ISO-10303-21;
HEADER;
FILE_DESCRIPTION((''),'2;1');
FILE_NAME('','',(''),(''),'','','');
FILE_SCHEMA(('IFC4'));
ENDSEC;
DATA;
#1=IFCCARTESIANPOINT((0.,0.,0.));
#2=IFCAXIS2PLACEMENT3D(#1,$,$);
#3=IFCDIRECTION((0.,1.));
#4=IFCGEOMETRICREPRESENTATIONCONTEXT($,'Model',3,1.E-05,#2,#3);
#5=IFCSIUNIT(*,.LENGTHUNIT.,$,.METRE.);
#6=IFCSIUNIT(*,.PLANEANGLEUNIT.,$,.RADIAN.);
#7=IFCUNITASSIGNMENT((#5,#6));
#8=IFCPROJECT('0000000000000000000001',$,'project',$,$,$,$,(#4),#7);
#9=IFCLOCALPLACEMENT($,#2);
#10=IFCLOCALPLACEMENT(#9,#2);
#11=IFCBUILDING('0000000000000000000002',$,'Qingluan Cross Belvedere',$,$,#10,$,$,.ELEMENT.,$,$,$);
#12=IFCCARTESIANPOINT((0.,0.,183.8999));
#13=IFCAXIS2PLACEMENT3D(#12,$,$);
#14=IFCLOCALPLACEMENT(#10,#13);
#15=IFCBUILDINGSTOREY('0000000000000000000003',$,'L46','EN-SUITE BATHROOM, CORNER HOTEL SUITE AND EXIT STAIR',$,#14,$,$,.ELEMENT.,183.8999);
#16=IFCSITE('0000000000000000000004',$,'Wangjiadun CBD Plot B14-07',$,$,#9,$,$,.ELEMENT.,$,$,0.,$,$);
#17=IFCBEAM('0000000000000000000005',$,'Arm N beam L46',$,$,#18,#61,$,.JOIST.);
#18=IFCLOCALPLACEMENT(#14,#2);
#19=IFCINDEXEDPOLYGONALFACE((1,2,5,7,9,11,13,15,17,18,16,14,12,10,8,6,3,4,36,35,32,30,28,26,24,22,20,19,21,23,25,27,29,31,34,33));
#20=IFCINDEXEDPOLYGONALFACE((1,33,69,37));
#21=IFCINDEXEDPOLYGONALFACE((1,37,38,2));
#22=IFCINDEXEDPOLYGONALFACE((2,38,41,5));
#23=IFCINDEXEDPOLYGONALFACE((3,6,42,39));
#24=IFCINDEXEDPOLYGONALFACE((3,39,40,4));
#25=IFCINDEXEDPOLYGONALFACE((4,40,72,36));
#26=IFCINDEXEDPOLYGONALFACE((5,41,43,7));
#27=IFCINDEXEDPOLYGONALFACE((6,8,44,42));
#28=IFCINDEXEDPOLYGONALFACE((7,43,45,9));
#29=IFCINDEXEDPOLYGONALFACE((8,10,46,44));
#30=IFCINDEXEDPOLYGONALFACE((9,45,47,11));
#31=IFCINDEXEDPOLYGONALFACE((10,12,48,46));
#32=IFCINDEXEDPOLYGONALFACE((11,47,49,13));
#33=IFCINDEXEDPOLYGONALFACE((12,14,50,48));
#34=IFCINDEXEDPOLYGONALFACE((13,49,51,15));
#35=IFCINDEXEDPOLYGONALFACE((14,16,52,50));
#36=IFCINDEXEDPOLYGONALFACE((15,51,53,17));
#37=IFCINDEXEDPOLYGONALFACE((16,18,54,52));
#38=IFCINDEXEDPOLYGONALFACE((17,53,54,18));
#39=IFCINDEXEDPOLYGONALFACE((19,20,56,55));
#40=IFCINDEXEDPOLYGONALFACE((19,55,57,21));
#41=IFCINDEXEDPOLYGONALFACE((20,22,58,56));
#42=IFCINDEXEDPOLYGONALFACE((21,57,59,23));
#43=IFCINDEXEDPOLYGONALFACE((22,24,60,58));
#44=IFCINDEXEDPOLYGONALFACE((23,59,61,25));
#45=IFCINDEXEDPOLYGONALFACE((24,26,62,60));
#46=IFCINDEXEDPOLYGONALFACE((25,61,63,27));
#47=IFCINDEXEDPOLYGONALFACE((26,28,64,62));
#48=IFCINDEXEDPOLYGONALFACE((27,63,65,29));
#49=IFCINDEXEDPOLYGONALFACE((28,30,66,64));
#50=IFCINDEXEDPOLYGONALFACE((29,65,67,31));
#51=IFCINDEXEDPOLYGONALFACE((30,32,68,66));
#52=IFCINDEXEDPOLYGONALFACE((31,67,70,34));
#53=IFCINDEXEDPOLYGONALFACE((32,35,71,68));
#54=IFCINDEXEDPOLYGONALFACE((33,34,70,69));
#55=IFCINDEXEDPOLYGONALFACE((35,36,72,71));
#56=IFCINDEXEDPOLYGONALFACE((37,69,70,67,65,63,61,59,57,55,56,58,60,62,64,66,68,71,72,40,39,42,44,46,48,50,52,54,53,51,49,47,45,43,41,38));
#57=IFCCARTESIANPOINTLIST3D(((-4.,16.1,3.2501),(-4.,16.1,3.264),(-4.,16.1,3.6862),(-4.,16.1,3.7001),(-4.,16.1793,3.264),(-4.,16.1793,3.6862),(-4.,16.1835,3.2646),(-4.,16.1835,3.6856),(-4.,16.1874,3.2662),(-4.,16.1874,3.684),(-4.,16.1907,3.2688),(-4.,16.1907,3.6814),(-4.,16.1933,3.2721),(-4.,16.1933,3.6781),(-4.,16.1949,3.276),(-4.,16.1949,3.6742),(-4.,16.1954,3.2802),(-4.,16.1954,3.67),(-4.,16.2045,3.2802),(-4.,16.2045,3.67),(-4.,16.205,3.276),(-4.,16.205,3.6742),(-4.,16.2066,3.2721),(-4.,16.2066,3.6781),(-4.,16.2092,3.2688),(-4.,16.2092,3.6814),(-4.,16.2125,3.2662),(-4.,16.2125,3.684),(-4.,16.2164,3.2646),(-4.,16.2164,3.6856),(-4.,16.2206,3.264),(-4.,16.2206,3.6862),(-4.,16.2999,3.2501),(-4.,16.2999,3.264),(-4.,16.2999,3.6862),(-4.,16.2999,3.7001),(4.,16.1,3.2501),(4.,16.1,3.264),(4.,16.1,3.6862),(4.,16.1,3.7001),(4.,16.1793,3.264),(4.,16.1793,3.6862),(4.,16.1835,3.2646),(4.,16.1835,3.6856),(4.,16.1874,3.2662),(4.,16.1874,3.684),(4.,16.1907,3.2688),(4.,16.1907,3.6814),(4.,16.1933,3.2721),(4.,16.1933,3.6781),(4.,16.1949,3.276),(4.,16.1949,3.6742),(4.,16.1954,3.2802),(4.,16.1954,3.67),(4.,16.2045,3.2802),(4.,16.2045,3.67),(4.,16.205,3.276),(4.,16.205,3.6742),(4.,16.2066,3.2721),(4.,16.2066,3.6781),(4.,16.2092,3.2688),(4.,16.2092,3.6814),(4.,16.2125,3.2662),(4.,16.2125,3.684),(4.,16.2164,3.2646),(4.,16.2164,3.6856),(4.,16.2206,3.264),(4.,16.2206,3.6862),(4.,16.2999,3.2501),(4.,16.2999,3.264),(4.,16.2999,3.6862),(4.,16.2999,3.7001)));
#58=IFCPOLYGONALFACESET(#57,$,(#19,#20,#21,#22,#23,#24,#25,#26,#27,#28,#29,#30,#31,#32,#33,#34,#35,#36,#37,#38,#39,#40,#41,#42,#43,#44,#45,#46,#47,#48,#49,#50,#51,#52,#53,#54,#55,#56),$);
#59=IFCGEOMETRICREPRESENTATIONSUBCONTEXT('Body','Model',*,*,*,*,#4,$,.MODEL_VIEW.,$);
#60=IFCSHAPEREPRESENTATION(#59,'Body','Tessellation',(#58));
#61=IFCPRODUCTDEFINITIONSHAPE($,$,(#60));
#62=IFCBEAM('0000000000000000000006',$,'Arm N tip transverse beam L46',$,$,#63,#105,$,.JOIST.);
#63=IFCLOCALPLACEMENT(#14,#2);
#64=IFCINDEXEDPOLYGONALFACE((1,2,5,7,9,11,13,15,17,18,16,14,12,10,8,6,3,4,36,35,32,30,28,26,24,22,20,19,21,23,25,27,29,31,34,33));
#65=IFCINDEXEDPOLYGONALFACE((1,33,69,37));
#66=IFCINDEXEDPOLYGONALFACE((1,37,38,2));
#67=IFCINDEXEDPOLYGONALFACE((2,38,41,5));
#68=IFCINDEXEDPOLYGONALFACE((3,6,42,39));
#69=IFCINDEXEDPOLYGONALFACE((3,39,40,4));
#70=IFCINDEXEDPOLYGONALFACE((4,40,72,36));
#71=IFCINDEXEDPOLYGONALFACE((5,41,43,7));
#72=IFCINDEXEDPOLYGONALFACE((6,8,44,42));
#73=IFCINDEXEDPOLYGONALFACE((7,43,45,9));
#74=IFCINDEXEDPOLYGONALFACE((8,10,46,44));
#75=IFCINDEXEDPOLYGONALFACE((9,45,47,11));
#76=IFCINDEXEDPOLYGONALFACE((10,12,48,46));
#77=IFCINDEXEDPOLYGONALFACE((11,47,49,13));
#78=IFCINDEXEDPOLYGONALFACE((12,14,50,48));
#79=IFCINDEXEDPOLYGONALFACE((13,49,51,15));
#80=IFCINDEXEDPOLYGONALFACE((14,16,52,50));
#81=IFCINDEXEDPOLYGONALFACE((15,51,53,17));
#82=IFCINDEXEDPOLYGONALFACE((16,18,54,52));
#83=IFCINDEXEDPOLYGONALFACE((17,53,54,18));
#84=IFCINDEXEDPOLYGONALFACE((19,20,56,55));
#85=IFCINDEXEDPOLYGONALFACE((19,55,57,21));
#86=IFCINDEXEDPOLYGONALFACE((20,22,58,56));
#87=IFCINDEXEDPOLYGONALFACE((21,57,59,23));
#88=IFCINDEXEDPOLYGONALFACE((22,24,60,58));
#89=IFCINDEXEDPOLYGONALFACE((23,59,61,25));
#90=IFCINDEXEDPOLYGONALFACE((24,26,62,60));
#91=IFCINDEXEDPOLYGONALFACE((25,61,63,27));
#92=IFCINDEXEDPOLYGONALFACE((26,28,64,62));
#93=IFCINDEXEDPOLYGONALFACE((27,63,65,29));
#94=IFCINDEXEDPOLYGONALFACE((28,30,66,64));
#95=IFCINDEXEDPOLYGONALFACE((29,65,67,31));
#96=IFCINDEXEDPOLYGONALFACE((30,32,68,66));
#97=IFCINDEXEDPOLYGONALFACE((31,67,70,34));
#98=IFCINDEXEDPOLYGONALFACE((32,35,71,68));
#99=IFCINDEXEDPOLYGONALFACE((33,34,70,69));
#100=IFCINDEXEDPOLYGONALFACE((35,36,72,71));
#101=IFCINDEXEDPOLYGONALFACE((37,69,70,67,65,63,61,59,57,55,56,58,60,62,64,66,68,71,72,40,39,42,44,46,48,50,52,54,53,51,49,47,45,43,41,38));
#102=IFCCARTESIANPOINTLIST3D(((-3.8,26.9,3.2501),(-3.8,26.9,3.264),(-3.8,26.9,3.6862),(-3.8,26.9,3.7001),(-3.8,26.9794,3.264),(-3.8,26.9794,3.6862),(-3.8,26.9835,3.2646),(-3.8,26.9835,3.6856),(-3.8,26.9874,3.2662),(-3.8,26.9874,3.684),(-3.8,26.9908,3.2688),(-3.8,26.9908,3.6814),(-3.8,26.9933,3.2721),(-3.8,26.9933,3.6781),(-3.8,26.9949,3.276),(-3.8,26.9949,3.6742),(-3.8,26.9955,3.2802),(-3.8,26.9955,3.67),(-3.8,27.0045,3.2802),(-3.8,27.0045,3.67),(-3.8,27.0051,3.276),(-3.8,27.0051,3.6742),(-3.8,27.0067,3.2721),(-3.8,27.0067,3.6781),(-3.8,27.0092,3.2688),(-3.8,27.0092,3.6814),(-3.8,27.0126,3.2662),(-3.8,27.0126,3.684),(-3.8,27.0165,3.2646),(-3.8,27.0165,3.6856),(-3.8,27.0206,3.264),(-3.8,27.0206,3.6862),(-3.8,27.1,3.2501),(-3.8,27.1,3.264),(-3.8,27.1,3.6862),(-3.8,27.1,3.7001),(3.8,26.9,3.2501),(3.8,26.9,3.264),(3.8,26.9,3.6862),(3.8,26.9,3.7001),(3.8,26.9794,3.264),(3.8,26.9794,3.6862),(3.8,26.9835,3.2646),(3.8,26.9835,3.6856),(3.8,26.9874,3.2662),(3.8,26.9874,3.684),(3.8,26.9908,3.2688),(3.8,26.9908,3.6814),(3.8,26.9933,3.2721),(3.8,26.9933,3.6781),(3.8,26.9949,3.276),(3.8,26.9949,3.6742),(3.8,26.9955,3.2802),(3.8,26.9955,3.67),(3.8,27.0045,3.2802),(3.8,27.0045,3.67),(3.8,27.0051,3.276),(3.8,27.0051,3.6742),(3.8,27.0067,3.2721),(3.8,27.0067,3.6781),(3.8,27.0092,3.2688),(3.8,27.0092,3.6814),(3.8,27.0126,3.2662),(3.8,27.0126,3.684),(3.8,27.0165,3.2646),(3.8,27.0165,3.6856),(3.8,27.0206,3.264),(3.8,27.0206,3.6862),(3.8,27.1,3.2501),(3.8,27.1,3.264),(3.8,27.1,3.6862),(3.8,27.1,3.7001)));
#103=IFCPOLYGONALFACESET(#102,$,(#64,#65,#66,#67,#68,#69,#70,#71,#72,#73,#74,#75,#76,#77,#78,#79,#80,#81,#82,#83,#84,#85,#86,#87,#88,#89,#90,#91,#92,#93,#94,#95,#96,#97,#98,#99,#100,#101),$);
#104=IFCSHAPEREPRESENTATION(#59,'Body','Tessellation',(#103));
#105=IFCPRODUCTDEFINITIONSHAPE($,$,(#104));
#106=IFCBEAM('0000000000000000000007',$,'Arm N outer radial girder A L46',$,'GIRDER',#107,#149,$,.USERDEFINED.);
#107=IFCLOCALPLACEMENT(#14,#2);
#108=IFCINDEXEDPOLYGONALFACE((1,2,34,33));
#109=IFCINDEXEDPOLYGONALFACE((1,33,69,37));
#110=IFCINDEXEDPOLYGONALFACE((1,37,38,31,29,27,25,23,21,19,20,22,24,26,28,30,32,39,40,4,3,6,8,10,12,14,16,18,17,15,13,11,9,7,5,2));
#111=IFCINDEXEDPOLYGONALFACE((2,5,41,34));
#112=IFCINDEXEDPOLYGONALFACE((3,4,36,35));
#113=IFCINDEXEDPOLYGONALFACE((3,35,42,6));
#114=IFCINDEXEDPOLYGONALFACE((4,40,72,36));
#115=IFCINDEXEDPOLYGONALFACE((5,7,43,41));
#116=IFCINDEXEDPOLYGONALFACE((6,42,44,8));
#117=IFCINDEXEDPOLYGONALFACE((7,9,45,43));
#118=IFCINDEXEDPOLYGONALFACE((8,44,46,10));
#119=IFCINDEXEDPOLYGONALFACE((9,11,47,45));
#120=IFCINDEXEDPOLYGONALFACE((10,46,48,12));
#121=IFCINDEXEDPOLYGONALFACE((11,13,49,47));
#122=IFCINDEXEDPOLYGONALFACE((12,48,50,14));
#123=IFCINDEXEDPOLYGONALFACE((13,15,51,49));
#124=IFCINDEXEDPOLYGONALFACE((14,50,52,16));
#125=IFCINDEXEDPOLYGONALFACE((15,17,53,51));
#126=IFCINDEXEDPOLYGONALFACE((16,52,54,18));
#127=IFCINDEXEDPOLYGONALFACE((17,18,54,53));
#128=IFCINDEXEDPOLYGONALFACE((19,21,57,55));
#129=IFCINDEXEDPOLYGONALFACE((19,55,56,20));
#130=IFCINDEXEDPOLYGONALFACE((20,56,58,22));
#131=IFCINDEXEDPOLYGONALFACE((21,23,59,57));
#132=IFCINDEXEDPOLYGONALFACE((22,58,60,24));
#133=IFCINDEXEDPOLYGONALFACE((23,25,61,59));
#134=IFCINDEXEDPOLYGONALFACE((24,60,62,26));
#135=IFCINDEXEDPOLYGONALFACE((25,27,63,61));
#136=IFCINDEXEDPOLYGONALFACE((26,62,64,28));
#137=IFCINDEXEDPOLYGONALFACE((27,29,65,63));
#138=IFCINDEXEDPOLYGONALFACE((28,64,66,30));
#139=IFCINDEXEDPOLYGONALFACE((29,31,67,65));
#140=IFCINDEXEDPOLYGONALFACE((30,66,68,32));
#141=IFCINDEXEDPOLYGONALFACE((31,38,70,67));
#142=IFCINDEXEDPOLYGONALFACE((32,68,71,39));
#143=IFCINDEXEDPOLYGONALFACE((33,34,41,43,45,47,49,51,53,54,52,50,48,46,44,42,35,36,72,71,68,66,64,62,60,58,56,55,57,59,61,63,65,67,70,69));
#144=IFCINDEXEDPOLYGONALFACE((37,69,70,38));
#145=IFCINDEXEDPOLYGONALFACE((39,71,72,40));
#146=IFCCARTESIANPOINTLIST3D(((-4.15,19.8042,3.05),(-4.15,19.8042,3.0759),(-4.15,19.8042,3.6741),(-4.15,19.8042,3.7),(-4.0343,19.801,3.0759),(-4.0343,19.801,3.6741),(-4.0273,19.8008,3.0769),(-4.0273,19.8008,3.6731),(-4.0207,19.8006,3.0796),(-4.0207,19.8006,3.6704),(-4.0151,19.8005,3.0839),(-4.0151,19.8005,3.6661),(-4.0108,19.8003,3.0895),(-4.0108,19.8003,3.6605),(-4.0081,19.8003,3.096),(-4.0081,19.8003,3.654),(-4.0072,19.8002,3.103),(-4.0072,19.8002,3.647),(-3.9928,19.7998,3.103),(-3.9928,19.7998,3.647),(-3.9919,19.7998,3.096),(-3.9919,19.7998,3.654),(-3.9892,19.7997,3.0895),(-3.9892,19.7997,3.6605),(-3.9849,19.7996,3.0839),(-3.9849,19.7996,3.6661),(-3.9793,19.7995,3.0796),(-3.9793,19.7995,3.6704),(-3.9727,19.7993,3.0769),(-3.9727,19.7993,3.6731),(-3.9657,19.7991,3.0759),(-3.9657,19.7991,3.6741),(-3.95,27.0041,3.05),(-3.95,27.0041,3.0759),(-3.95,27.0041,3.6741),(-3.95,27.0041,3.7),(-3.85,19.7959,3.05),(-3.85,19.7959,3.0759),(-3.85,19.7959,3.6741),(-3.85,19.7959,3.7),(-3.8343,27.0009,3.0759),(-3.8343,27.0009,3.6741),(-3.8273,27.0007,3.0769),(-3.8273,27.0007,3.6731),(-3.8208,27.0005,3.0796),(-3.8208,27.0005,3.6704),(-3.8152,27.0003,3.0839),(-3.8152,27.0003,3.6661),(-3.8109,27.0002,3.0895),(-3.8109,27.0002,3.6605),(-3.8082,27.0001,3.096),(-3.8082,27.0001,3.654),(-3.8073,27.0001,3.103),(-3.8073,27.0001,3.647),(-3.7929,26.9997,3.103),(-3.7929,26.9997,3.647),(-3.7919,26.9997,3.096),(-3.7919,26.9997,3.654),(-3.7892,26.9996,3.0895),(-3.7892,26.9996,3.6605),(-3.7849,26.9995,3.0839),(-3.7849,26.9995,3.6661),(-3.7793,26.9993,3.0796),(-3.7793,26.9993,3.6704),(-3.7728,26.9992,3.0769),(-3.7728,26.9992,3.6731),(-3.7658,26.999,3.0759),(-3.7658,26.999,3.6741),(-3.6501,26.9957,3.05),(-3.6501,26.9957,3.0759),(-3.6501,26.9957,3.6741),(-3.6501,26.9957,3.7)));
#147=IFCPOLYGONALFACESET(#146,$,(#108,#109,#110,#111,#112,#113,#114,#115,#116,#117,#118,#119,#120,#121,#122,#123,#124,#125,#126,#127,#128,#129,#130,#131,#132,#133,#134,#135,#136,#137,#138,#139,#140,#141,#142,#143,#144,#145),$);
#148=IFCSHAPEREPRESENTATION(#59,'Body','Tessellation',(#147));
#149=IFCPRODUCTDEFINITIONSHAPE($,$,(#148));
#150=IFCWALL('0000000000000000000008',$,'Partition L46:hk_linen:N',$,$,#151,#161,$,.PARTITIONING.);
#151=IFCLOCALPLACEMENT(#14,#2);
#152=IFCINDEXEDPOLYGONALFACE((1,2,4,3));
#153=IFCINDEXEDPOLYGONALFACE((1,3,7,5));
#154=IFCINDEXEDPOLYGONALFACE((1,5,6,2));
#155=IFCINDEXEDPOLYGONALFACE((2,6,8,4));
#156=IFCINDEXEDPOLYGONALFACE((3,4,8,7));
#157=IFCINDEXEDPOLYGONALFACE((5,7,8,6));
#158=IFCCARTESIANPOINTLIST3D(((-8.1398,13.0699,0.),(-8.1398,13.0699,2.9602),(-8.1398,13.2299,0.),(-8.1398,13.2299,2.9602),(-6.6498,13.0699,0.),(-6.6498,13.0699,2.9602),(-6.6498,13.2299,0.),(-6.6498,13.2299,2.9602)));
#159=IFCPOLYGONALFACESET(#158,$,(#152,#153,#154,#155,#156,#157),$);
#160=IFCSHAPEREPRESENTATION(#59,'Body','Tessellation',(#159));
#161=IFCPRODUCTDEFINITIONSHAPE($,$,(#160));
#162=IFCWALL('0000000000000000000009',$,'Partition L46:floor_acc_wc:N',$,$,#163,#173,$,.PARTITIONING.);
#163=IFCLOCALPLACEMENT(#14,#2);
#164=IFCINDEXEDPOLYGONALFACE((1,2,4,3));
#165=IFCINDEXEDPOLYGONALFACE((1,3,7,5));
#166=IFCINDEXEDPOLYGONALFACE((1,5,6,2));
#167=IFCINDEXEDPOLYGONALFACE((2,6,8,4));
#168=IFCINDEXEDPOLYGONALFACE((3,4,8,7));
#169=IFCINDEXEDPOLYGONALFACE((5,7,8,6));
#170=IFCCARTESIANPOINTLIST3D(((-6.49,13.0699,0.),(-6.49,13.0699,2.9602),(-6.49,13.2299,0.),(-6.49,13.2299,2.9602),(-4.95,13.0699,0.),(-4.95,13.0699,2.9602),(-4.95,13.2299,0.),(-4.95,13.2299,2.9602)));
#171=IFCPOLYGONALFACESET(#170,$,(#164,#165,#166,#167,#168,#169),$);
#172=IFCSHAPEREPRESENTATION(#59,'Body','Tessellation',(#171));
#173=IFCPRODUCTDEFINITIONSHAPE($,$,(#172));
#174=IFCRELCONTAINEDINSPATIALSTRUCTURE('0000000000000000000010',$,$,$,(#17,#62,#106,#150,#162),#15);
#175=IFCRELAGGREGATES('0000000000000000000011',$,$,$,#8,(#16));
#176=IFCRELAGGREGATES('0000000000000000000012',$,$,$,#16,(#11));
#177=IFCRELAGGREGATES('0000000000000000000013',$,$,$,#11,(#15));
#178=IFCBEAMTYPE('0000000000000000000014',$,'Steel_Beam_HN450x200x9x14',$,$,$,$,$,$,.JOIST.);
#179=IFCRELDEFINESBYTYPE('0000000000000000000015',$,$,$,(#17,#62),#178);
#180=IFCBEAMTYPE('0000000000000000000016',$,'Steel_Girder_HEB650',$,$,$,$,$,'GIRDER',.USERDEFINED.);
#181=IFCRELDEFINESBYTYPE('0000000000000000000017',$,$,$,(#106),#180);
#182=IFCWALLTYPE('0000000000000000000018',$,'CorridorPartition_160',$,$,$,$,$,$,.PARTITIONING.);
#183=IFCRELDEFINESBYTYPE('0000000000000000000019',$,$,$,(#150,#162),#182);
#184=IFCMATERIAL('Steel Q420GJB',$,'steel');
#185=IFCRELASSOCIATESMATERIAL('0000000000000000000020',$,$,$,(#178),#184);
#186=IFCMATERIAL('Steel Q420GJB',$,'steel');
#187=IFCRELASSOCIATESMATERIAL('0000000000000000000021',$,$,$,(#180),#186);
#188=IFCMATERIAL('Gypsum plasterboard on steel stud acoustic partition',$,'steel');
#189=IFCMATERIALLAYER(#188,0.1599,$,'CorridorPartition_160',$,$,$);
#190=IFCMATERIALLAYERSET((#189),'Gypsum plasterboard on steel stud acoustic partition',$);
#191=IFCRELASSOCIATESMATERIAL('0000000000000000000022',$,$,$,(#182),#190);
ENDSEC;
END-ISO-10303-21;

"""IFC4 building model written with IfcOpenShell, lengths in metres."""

from ifc_helpers import new_model, si_unit, direction, frame, frame_2d, origin, origin_2d, place, context, subcontext, project, spatial, rectangle, i_section, extrude, material, layer, layer_set, material_profile, profile_set, type_object, element, save


model = new_model("IFC4")

# Units and contexts
model_context = context("Model", 3, precision=1e-05, world=origin(), true_north=direction((0.0, 1.0)))
body_context = subcontext(model_context, "Body", "Model", "MODEL_VIEW")
ifc_project = project(units=[si_unit("LENGTHUNIT", "METRE"), si_unit("PLANEANGLEUNIT", "RADIAN")], contexts=[model_context])

# Site, building, storey
site_placement = place(None, origin())
site = spatial("IfcSite", under=ifc_project, at=site_placement, Name="Wangjiadun CBD Plot B14-07", CompositionType="ELEMENT", RefElevation=0.0)
building_placement = place(site_placement, origin())
building = spatial("IfcBuilding", under=site, at=building_placement, Name="Qingluan Cross Belvedere", CompositionType="ELEMENT")
storey_placement = place(building_placement, frame((0.0, 0.0, 183.8999)))
storey = spatial("IfcBuildingStorey", under=building, at=storey_placement, Name="L46", Description="EN-SUITE BATHROOM, CORNER HOTEL SUITE AND EXIT STAIR", CompositionType="ELEMENT", Elevation=183.8999)

# Beams
ifc_material_1 = material(Name="Steel Q420GJB", Category="steel")
ifc_material_profile_1 = material_profile(ifc_material_1, i_section(OverallWidth=0.2, OverallDepth=0.45, WebThickness=0.009, FlangeThickness=0.0139, FilletRadius=0.0161, at=origin_2d()), Name="HN450x200x9x14")
ifc_profile_set_1 = profile_set([ifc_material_profile_1], Name="Steel Q420GJB")
beam_type_1 = type_object("IfcBeamType", Name="Steel_Beam_HN450x200x9x14", PredefinedType="JOIST", material=ifc_profile_set_1)
for number, where, z_axis, x_axis, name in (
    (1, (-4.0, 16.2, 3.4751), (1.0, 0.0, 0.0), (0.0, 1.0, 0.0), "Arm N beam L46"),
):
    element("IfcBeam", number, at=place(storey_placement, frame(where, z_axis=z_axis, x_axis=x_axis)), inside=storey, type_object=beam_type_1, Name=name, PredefinedType="JOIST", context=body_context, shape_type="SweptSolid", body=[
        extrude(i_section(OverallWidth=0.2, OverallDepth=0.45, WebThickness=0.009, FlangeThickness=0.0139, FilletRadius=0.0161, at=origin_2d()), origin(), (0.0, 0.0, 1.0), 8.0),
    ])
beam_1_placement = place(storey_placement, frame((-3.8, 27.0, 3.4751), z_axis=(1.0, 0.0, 0.0), x_axis=(0.0, 1.0, 0.0)))
element("IfcBeam", 2, at=beam_1_placement, inside=storey, type_object=beam_type_1, Name="Arm N tip transverse beam L46", PredefinedType="JOIST", context=body_context, shape_type="SweptSolid", body=[
    extrude(i_section(OverallWidth=0.2, OverallDepth=0.45, WebThickness=0.009, FlangeThickness=0.0139, FilletRadius=0.0161, at=origin_2d()), origin(), (0.0, 0.0, 1.0), 7.6001),
])
ifc_material_2 = material(Name="Steel Q420GJB", Category="steel")
ifc_material_profile_2 = material_profile(ifc_material_2, i_section(OverallWidth=0.3, OverallDepth=0.6499, WebThickness=0.0144, FlangeThickness=0.0259, FilletRadius=0.0271, at=origin_2d()), Name="HEB650")
ifc_profile_set_2 = profile_set([ifc_material_profile_2], Name="Steel Q420GJB")
beam_type_2 = type_object("IfcBeamType", Name="Steel_Girder_HEB650", ElementType="GIRDER", PredefinedType="USERDEFINED", material=ifc_profile_set_2)
beam_2_placement = place(storey_placement, frame((-4.0, 19.8, 3.375), z_axis=(0.02776, 0.999615, 0.0), x_axis=(-0.999615, 0.02776, 0.0)))
element("IfcBeam", 3, at=beam_2_placement, inside=storey, type_object=beam_type_2, Name="Arm N outer radial girder A L46", ObjectType="GIRDER", PredefinedType="USERDEFINED", context=body_context, shape_type="SweptSolid", body=[
    extrude(i_section(OverallWidth=0.3, OverallDepth=0.6499, WebThickness=0.0144, FlangeThickness=0.0259, FilletRadius=0.0271, at=origin_2d()), origin(), (0.0, 0.0, 1.0), 7.2026),
])

# Walls
ifc_material_3 = material(Name="Gypsum plasterboard on steel stud acoustic partition", Category="steel")
ifc_layer_1 = layer(ifc_material_3, 0.1599, Name="CorridorPartition_160")
ifc_layer_set_1 = layer_set([ifc_layer_1], Name="Gypsum plasterboard on steel stud acoustic partition")
wall_type_1 = type_object("IfcWallType", Name="CorridorPartition_160", PredefinedType="PARTITIONING", material=ifc_layer_set_1)
wall_1_placement = place(storey_placement, frame((-8.1399, 13.1499, 0.0), z_axis=(0.0, 0.0, 1.0), x_axis=(1.0, 0.0, 0.0)))
element("IfcWall", 4, at=wall_1_placement, inside=storey, type_object=wall_type_1, Name="Partition L46:hk_linen:N", PredefinedType="PARTITIONING", context=body_context, shape_type="SweptSolid", body=[
    extrude(rectangle(XDim=1.49, YDim=0.1599, at=frame_2d((0.7451, 0.0))), origin(), (0.0, 0.0, 1.0), 2.9602),
])
wall_2_placement = place(storey_placement, frame((-6.49, 13.1499, 0.0), z_axis=(0.0, 0.0, 1.0), x_axis=(1.0, 0.0, 0.0)))
element("IfcWall", 5, at=wall_2_placement, inside=storey, type_object=wall_type_1, Name="Partition L46:floor_acc_wc:N", PredefinedType="PARTITIONING", context=body_context, shape_type="SweptSolid", body=[
    extrude(rectangle(XDim=1.54, YDim=0.1599, at=frame_2d((0.77, 0.0))), origin(), (0.0, 0.0, 1.0), 2.9602),
])

save(model, "model.ifc")
